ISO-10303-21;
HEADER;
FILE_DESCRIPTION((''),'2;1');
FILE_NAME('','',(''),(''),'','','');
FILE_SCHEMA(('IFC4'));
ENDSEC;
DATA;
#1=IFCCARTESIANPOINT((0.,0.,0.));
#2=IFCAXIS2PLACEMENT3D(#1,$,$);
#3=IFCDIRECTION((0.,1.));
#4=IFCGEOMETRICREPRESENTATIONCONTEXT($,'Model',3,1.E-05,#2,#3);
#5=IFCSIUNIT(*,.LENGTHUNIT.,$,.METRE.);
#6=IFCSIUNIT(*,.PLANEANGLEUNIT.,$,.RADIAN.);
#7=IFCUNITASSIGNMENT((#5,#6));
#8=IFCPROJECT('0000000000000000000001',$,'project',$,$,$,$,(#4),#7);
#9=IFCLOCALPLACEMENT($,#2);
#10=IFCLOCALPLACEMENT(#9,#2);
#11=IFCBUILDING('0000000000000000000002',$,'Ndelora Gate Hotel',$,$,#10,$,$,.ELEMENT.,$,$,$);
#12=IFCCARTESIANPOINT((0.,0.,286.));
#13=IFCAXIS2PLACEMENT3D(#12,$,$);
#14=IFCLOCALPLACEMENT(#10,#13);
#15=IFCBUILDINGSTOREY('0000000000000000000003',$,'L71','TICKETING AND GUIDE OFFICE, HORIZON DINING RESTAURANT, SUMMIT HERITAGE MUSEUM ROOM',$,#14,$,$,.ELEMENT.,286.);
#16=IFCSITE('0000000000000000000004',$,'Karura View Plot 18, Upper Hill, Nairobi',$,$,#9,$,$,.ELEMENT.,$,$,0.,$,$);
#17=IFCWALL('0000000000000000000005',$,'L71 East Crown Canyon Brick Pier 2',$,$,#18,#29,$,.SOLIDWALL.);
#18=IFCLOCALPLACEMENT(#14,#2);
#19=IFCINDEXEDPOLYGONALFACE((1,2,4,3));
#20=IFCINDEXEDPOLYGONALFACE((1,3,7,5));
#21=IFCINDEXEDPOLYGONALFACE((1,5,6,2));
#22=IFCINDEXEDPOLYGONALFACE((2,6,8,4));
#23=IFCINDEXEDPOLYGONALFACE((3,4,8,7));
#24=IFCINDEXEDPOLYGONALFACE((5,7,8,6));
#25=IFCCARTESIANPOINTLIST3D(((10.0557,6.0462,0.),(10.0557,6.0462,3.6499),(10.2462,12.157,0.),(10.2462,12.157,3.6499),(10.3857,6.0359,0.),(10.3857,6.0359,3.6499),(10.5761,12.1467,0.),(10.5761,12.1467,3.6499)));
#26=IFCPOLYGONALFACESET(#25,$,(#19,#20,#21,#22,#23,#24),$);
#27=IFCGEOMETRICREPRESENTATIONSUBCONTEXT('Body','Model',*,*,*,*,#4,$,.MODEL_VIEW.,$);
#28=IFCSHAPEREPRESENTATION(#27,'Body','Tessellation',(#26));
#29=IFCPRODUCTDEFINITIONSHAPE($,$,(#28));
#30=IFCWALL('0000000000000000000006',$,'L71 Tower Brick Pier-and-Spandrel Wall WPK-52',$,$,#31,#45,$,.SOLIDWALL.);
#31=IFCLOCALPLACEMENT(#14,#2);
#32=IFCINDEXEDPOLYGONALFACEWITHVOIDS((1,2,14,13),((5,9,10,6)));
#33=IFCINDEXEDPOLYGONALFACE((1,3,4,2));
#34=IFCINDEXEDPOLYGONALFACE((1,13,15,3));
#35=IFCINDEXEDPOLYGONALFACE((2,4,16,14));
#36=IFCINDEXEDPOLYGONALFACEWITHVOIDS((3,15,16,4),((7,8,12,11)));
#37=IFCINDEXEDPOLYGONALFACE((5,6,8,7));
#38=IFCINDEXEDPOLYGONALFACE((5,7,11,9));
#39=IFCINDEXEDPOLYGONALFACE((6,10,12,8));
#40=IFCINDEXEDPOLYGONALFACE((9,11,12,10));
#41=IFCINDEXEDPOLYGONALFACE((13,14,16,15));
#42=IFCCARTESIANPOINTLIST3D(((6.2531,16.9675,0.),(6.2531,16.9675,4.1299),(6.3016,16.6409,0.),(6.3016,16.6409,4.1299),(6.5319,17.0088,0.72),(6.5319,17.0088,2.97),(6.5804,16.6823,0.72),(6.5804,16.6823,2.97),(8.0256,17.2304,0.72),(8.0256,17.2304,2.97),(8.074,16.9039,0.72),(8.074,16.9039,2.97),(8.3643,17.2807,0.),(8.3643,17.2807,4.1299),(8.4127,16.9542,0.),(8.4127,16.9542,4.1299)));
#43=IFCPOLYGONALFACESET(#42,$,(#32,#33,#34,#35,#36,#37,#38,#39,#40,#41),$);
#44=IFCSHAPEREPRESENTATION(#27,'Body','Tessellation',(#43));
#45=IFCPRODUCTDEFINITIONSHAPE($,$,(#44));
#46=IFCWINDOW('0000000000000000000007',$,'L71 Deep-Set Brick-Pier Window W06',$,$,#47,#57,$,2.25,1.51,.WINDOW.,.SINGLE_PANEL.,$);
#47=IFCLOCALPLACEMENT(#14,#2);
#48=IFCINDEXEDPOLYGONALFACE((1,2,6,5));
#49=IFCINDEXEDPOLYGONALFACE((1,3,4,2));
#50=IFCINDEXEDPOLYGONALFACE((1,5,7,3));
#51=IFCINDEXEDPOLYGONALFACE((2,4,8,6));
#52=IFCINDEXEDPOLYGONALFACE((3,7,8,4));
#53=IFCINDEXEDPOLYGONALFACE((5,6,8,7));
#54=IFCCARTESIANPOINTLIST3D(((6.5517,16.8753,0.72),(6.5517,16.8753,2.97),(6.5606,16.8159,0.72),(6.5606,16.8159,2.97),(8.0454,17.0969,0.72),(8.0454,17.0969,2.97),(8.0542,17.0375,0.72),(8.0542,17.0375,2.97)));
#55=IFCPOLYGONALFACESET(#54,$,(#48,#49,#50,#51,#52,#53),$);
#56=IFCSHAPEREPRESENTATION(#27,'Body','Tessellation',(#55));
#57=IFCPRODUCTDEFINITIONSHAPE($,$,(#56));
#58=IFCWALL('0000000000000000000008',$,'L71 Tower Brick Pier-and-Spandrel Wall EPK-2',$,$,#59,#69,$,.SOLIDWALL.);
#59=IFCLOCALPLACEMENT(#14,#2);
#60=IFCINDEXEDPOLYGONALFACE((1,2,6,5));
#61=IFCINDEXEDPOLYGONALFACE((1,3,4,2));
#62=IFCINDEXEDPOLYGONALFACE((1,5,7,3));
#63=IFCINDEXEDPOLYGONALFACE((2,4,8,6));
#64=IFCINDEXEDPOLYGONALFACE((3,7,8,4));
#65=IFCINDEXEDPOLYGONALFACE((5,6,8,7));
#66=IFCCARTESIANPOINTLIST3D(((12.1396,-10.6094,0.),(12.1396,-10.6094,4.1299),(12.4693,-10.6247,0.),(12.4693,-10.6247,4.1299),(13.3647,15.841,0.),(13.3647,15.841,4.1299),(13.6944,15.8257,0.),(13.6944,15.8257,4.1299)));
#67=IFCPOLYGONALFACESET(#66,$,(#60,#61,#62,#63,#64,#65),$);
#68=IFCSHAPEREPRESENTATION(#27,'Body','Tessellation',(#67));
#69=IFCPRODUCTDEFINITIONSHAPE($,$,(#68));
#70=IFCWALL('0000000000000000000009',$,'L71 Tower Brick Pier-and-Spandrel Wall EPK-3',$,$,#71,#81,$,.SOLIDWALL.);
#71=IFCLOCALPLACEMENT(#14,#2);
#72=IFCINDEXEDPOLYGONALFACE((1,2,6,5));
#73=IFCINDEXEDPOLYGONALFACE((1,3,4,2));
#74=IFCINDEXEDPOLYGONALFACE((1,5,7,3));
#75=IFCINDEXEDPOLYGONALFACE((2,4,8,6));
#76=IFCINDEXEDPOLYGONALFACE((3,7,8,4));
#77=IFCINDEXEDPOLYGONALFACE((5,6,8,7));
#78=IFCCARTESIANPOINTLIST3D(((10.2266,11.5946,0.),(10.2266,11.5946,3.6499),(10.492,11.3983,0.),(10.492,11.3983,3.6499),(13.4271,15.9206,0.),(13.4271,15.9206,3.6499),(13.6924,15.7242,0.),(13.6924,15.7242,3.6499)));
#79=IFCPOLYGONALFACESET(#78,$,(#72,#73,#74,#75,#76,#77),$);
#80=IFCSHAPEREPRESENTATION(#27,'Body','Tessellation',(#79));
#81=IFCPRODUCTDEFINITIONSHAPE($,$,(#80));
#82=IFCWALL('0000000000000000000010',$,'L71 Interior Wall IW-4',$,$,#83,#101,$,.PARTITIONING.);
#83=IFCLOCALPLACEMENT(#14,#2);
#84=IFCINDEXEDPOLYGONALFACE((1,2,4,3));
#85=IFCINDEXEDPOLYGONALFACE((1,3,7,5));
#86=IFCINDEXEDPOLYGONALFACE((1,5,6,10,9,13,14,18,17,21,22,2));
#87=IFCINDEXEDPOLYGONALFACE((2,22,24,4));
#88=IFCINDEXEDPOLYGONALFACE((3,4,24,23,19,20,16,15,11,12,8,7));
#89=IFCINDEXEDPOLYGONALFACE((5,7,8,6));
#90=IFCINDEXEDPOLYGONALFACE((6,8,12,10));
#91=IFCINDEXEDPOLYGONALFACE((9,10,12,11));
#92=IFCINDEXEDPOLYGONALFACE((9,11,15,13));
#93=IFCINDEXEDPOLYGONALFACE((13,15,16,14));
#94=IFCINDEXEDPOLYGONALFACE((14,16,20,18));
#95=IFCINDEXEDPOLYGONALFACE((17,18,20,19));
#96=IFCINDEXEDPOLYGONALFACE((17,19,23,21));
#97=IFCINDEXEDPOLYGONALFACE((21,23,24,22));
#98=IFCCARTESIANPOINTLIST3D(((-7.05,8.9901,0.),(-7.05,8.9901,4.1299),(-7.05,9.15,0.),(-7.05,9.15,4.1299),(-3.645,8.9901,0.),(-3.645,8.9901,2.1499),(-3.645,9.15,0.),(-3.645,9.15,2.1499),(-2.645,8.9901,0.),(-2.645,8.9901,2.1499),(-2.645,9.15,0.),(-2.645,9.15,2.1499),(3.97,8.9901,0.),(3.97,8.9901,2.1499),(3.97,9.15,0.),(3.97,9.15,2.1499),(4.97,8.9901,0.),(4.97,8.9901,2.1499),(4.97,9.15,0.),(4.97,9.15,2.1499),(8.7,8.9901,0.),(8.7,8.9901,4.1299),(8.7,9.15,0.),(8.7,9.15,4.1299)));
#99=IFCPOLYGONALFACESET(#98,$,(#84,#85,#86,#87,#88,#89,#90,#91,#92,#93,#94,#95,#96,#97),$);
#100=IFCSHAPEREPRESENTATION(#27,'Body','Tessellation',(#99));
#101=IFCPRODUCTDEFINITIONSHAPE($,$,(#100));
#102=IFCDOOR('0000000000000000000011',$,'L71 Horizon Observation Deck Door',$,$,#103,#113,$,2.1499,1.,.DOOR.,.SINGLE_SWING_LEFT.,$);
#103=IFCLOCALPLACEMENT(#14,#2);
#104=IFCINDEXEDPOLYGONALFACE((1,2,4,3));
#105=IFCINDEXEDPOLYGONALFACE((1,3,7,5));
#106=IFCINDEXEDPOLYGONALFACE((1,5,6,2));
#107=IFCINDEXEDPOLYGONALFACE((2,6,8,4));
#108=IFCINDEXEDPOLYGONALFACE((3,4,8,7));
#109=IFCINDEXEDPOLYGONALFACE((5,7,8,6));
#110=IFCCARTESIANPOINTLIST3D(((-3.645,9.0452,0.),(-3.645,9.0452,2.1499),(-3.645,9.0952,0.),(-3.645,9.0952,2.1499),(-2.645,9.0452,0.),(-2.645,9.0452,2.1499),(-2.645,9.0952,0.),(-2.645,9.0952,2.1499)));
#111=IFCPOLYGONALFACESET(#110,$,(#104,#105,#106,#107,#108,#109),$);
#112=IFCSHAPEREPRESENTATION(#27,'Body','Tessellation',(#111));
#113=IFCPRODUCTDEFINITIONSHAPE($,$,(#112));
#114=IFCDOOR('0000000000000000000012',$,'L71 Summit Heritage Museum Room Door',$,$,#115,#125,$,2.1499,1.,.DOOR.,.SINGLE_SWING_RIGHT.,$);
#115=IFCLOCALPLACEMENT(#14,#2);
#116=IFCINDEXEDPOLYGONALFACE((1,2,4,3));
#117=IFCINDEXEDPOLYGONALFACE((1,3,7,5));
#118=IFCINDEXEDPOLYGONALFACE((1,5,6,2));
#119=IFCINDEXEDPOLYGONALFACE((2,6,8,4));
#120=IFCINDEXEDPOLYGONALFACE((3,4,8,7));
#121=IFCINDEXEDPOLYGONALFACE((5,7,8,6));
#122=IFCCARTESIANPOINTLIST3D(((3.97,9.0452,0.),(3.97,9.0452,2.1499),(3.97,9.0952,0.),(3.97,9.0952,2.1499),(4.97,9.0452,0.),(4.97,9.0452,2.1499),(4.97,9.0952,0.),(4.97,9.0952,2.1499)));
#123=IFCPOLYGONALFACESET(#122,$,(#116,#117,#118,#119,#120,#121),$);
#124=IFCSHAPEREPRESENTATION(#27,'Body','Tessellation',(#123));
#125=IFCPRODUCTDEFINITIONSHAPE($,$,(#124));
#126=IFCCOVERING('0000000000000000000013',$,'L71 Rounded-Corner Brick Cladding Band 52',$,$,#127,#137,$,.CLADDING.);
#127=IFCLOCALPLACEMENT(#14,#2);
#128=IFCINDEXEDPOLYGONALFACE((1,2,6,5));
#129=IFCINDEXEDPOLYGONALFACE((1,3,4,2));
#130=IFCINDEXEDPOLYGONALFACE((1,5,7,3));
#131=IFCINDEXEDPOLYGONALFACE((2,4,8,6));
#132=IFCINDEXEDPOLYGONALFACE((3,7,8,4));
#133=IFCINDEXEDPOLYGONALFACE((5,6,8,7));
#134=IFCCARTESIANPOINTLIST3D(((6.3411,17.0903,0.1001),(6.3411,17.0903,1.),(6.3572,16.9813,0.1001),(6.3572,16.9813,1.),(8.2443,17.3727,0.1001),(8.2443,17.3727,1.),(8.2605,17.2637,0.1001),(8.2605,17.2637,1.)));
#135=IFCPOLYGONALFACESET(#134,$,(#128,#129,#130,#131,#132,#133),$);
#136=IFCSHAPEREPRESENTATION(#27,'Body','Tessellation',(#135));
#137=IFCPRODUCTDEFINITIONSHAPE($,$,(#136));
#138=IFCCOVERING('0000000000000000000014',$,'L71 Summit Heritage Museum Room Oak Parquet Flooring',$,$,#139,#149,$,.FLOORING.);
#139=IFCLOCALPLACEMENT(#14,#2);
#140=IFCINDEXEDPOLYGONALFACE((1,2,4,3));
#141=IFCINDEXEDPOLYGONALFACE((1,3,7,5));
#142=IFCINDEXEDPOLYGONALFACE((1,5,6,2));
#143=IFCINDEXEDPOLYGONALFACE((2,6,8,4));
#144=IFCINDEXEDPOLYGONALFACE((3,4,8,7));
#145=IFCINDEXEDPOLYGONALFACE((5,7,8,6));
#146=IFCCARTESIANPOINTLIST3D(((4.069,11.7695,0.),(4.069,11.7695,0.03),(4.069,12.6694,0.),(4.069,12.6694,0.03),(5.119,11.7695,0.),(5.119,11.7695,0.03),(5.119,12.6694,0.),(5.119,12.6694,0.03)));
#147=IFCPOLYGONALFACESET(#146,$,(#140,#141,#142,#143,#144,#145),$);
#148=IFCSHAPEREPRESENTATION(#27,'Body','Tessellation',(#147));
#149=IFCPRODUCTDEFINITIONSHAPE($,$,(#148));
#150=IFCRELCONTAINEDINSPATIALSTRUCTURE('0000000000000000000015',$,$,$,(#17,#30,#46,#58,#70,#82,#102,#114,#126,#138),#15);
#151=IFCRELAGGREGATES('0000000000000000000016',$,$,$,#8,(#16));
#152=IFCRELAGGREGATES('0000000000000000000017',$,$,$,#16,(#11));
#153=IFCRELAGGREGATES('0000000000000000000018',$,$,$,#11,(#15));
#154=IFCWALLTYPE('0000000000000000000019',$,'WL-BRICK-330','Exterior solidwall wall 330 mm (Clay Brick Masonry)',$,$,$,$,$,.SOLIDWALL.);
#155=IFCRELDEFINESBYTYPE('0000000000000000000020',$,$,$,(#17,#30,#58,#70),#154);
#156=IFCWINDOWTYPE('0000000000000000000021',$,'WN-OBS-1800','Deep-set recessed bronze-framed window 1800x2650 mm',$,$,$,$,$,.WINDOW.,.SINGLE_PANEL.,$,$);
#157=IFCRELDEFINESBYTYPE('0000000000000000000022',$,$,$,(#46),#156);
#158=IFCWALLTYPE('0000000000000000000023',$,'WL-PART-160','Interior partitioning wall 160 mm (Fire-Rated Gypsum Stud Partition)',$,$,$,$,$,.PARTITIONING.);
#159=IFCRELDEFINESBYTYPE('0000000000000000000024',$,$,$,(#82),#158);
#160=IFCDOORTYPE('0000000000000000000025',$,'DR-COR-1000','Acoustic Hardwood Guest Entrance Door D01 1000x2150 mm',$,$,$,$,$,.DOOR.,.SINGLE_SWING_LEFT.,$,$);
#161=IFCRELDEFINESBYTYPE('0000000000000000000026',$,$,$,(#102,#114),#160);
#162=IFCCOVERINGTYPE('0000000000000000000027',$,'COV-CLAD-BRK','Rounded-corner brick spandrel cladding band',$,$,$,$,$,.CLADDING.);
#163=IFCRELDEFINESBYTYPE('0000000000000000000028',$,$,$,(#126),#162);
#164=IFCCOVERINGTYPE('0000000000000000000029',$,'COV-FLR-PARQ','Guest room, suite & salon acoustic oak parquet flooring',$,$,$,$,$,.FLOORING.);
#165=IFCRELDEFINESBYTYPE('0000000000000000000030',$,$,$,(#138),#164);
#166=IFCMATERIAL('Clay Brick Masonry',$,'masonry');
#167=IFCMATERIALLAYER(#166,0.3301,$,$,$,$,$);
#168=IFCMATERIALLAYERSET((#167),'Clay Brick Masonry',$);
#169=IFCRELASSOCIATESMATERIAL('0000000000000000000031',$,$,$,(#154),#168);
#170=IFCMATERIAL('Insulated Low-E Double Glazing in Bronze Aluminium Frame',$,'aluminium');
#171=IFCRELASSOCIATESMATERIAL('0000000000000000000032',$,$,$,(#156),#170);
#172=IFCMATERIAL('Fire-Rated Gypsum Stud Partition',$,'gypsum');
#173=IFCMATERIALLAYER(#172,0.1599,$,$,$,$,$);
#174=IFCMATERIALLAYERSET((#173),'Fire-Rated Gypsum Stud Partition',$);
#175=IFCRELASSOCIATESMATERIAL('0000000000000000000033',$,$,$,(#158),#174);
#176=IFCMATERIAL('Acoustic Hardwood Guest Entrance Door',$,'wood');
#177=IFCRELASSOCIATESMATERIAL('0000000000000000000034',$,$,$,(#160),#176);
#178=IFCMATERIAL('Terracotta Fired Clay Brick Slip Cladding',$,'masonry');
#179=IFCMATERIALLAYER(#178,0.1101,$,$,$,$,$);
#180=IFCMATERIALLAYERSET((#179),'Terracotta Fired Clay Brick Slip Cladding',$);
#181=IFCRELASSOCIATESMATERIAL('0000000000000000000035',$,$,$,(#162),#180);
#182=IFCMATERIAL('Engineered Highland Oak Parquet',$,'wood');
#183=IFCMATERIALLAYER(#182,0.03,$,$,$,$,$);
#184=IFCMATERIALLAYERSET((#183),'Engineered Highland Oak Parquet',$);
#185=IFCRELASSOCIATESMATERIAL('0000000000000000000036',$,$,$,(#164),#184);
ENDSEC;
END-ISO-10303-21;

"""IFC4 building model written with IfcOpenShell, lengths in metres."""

from ifc_helpers import new_model, si_unit, direction, frame, frame_2d, origin, origin_2d, place, context, subcontext, project, spatial, rectangle, extrude, material, layer, layer_set, type_object, element, fill, save


model = new_model("IFC4")

# Units and contexts
model_context = context("Model", 3, precision=1e-05, world=origin(), true_north=direction((0.0, 1.0)))
body_context = subcontext(model_context, "Body", "Model", "MODEL_VIEW")
ifc_project = project(units=[si_unit("LENGTHUNIT", "METRE"), si_unit("PLANEANGLEUNIT", "RADIAN")], contexts=[model_context])

# Site, building, storey
site_placement = place(None, origin())
site = spatial("IfcSite", under=ifc_project, at=site_placement, Name="Karura View Plot 18, Upper Hill, Nairobi", CompositionType="ELEMENT", RefElevation=0.0)
building_placement = place(site_placement, origin())
building = spatial("IfcBuilding", under=site, at=building_placement, Name="Ndelora Gate Hotel", CompositionType="ELEMENT")
storey_placement = place(building_placement, frame((0.0, 0.0, 286.0)))
storey = spatial("IfcBuildingStorey", under=building, at=storey_placement, Name="L71", Description="TICKETING AND GUIDE OFFICE, HORIZON DINING RESTAURANT, SUMMIT HERITAGE MUSEUM ROOM", CompositionType="ELEMENT", Elevation=286.0)

# Wall
ifc_material_1 = material(Name="Clay Brick Masonry", Category="masonry")
ifc_layer_1 = layer(ifc_material_1, 0.3301)
ifc_layer_set_1 = layer_set([ifc_layer_1], Name="Clay Brick Masonry")
wall_type_1 = type_object("IfcWallType", Name="WL-BRICK-330", Description="Exterior solidwall wall 330 mm (Clay Brick Masonry)", PredefinedType="SOLIDWALL", material=ifc_layer_set_1)
wall_1_placement = place(storey_placement, frame((10.2207, 6.041, 0.0), z_axis=(0.0, 0.0, 1.0), x_axis=(0.031147, 0.999515, 0.0)))
element("IfcWall", 1, at=wall_1_placement, inside=storey, type_object=wall_type_1, Name="L71 East Crown Canyon Brick Pier 2", PredefinedType="SOLIDWALL", context=body_context, shape_type="SweptSolid", body=[
    extrude(rectangle(XDim=6.1138, YDim=0.3301, at=frame_2d((3.0569, 0.0))), origin(), (0.0, 0.0, 1.0), 3.6499),
])

# Wall, opening, window
wall_2_placement = place(storey_placement, frame((6.2773, 16.8042, 0.0), z_axis=(0.0, 0.0, 1.0), x_axis=(0.989171, 0.146768, 0.0)))
wall_2 = element("IfcWall", 2, at=wall_2_placement, inside=storey, type_object=wall_type_1, Name="L71 Tower Brick Pier-and-Spandrel Wall WPK-52", PredefinedType="SOLIDWALL", context=body_context, shape_type="SweptSolid", body=[
    extrude(rectangle(XDim=2.1343, YDim=0.3301, at=frame_2d((1.0671, 0.0))), origin(), (0.0, 0.0, 1.0), 4.1299),
])
opening_1_placement = place(wall_2_placement, frame((0.282, 0.0, 0.72)))
opening_1 = element("IfcOpeningElement", 3, at=opening_1_placement, cuts=wall_2, PredefinedType="OPENING", context=body_context, shape_type="SweptSolid", body=[
    extrude(rectangle(XDim=1.51, YDim=2.25, at=frame_2d((0.7549, 1.125))), frame((0.0, 0.175, 0.0), z_axis=(0.0, -1.0, 0.0), x_axis=(1.0, 0.0, 0.0)), (0.0, 0.0, 1.0), 0.3501),
])
ifc_material_2 = material(Name="Insulated Low-E Double Glazing in Bronze Aluminium Frame", Category="aluminium")
window_type = type_object("IfcWindowType", Name="WN-OBS-1800", Description="Deep-set recessed bronze-framed window 1800x2650 mm", PartitioningType="SINGLE_PANEL", PredefinedType="WINDOW", material=ifc_material_2)
window_placement = place(opening_1_placement, origin())
window = element("IfcWindow", 4, at=window_placement, inside=storey, type_object=window_type, Name="L71 Deep-Set Brick-Pier Window W06", OverallHeight=2.25, OverallWidth=1.51, PartitioningType="SINGLE_PANEL", PredefinedType="WINDOW", context=body_context, shape_type="SweptSolid", body=[
    extrude(rectangle(XDim=1.51, YDim=2.25, at=frame_2d((0.7549, 1.125))), frame((0.0, 0.03, 0.0), z_axis=(0.0, -1.0, 0.0), x_axis=(1.0, 0.0, 0.0)), (0.0, 0.0, 1.0), 0.0601),
])
fill(opening_1, window)

# Walls
wall_3_placement = place(storey_placement, frame((13.5295, 15.8333, 0.0), z_axis=(0.0, 0.0, 1.0), x_axis=(-0.046267, -0.998929, 0.0)))
element("IfcWall", 5, at=wall_3_placement, inside=storey, type_object=wall_type_1, Name="L71 Tower Brick Pier-and-Spandrel Wall EPK-2", PredefinedType="SOLIDWALL", context=body_context, shape_type="SweptSolid", body=[
    extrude(rectangle(XDim=26.4788, YDim=0.3301, at=frame_2d((13.2393, 0.0))), origin(), (0.0, 0.0, 1.0), 4.1299),
])
wall_4_placement = place(storey_placement, frame((10.3594, 11.4966, 0.0), z_axis=(0.0, 0.0, 1.0), x_axis=(0.594753, 0.803908, 0.0)))
element("IfcWall", 6, at=wall_4_placement, inside=storey, type_object=wall_type_1, Name="L71 Tower Brick Pier-and-Spandrel Wall EPK-3", PredefinedType="SOLIDWALL", context=body_context, shape_type="SweptSolid", body=[
    extrude(rectangle(XDim=5.3811, YDim=0.3301, at=frame_2d((2.6904, 0.0))), origin(), (0.0, 0.0, 1.0), 3.6499),
])

# Wall, openings, doors
ifc_material_3 = material(Name="Fire-Rated Gypsum Stud Partition", Category="gypsum")
ifc_layer_2 = layer(ifc_material_3, 0.1599)
ifc_layer_set_2 = layer_set([ifc_layer_2], Name="Fire-Rated Gypsum Stud Partition")
wall_type_2 = type_object("IfcWallType", Name="WL-PART-160", Description="Interior partitioning wall 160 mm (Fire-Rated Gypsum Stud Partition)", PredefinedType="PARTITIONING", material=ifc_layer_set_2)
wall_5_placement = place(storey_placement, frame((8.7, 9.0701, 0.0), z_axis=(0.0, 0.0, 1.0), x_axis=(-1.0, 0.0, 0.0)))
wall_5 = element("IfcWall", 7, at=wall_5_placement, inside=storey, type_object=wall_type_2, Name="L71 Interior Wall IW-4", PredefinedType="PARTITIONING", context=body_context, shape_type="SweptSolid", body=[
    extrude(rectangle(XDim=15.75, YDim=0.1599, at=frame_2d((7.875, 0.0))), origin(), (0.0, 0.0, 1.0), 4.1299),
])
opening_2_placement = place(wall_5_placement, frame((11.345, 0.0, 0.0)))
opening_2 = element("IfcOpeningElement", 8, at=opening_2_placement, cuts=wall_5, PredefinedType="OPENING", context=body_context, shape_type="SweptSolid", body=[
    extrude(rectangle(XDim=1.0, YDim=2.1499, at=frame_2d((0.5, 1.075))), frame((0.0, 0.0898, 0.0), z_axis=(0.0, -1.0, 0.0), x_axis=(1.0, 0.0, 0.0)), (0.0, 0.0, 1.0), 0.1799),
])
opening_3_placement = place(wall_5_placement, frame((3.73, 0.0, 0.0)))
opening_3 = element("IfcOpeningElement", 9, at=opening_3_placement, cuts=wall_5, PredefinedType="OPENING", context=body_context, shape_type="SweptSolid", body=[
    extrude(rectangle(XDim=1.0, YDim=2.1499, at=frame_2d((0.5, 1.075))), frame((0.0, 0.0898, 0.0), z_axis=(0.0, -1.0, 0.0), x_axis=(1.0, 0.0, 0.0)), (0.0, 0.0, 1.0), 0.1799),
])
ifc_material_4 = material(Name="Acoustic Hardwood Guest Entrance Door", Category="wood")
door_type = type_object("IfcDoorType", Name="DR-COR-1000", Description="Acoustic Hardwood Guest Entrance Door D01 1000x2150 mm", OperationType="SINGLE_SWING_LEFT", PredefinedType="DOOR", material=ifc_material_4)
door_1_placement = place(opening_2_placement, origin())
door_1 = element("IfcDoor", 10, at=door_1_placement, inside=storey, type_object=door_type, Name="L71 Horizon Observation Deck Door", OperationType="SINGLE_SWING_LEFT", OverallHeight=2.1499, OverallWidth=1.0, PredefinedType="DOOR", context=body_context, shape_type="SweptSolid", body=[
    extrude(rectangle(XDim=1.0, YDim=2.1499, at=frame_2d((0.5, 1.075))), frame((0.0, 0.0249, 0.0), z_axis=(0.0, -1.0, 0.0), x_axis=(1.0, 0.0, 0.0)), (0.0, 0.0, 1.0), 0.05),
])
fill(opening_2, door_1)
door_2_placement = place(opening_3_placement, origin())
door_2 = element("IfcDoor", 11, at=door_2_placement, inside=storey, type_object=door_type, Name="L71 Summit Heritage Museum Room Door", OperationType="SINGLE_SWING_RIGHT", OverallHeight=2.1499, OverallWidth=1.0, PredefinedType="DOOR", context=body_context, shape_type="SweptSolid", body=[
    extrude(rectangle(XDim=1.0, YDim=2.1499, at=frame_2d((0.5, 1.075))), frame((0.0, 0.0249, 0.0), z_axis=(0.0, -1.0, 0.0), x_axis=(1.0, 0.0, 0.0)), (0.0, 0.0, 1.0), 0.05),
])
fill(opening_3, door_2)

# Coverings
ifc_material_5 = material(Name="Terracotta Fired Clay Brick Slip Cladding", Category="masonry")
ifc_layer_3 = layer(ifc_material_5, 0.1101)
ifc_layer_set_3 = layer_set([ifc_layer_3], Name="Terracotta Fired Clay Brick Slip Cladding")
covering_type_1 = type_object("IfcCoveringType", Name="COV-CLAD-BRK", Description="Rounded-corner brick spandrel cladding band", PredefinedType="CLADDING", material=ifc_layer_set_3)
covering_1_placement = place(storey_placement, frame((7.3008, 17.177, 0.1001), z_axis=(0.0, 0.0, 1.0), x_axis=(0.98917, 0.146774, 0.0)))
element("IfcCovering", 12, at=covering_1_placement, inside=storey, type_object=covering_type_1, Name="L71 Rounded-Corner Brick Cladding Band 52", PredefinedType="CLADDING", context=body_context, shape_type="SweptSolid", body=[
    extrude(rectangle(XDim=1.9241, YDim=0.1101, at=origin_2d()), origin(), (0.0, 0.0, 1.0), 0.8999),
])
ifc_material_6 = material(Name="Engineered Highland Oak Parquet", Category="wood")
ifc_layer_4 = layer(ifc_material_6, 0.03)
ifc_layer_set_4 = layer_set([ifc_layer_4], Name="Engineered Highland Oak Parquet")
covering_type_2 = type_object("IfcCoveringType", Name="COV-FLR-PARQ", Description="Guest room, suite & salon acoustic oak parquet flooring", PredefinedType="FLOORING", material=ifc_layer_set_4)
covering_2_placement = place(storey_placement, frame((4.594, 12.2195, 0.0), z_axis=(0.0, 0.0, 1.0), x_axis=(1.0, 0.0, 0.0)))
element("IfcCovering", 13, at=covering_2_placement, inside=storey, type_object=covering_type_2, Name="L71 Summit Heritage Museum Room Oak Parquet Flooring", PredefinedType="FLOORING", context=body_context, shape_type="SweptSolid", body=[
    extrude(rectangle(XDim=1.05, YDim=0.8999, at=origin_2d()), origin(), (0.0, 0.0, 1.0), 0.03),
])

save(model, "model.ifc")
